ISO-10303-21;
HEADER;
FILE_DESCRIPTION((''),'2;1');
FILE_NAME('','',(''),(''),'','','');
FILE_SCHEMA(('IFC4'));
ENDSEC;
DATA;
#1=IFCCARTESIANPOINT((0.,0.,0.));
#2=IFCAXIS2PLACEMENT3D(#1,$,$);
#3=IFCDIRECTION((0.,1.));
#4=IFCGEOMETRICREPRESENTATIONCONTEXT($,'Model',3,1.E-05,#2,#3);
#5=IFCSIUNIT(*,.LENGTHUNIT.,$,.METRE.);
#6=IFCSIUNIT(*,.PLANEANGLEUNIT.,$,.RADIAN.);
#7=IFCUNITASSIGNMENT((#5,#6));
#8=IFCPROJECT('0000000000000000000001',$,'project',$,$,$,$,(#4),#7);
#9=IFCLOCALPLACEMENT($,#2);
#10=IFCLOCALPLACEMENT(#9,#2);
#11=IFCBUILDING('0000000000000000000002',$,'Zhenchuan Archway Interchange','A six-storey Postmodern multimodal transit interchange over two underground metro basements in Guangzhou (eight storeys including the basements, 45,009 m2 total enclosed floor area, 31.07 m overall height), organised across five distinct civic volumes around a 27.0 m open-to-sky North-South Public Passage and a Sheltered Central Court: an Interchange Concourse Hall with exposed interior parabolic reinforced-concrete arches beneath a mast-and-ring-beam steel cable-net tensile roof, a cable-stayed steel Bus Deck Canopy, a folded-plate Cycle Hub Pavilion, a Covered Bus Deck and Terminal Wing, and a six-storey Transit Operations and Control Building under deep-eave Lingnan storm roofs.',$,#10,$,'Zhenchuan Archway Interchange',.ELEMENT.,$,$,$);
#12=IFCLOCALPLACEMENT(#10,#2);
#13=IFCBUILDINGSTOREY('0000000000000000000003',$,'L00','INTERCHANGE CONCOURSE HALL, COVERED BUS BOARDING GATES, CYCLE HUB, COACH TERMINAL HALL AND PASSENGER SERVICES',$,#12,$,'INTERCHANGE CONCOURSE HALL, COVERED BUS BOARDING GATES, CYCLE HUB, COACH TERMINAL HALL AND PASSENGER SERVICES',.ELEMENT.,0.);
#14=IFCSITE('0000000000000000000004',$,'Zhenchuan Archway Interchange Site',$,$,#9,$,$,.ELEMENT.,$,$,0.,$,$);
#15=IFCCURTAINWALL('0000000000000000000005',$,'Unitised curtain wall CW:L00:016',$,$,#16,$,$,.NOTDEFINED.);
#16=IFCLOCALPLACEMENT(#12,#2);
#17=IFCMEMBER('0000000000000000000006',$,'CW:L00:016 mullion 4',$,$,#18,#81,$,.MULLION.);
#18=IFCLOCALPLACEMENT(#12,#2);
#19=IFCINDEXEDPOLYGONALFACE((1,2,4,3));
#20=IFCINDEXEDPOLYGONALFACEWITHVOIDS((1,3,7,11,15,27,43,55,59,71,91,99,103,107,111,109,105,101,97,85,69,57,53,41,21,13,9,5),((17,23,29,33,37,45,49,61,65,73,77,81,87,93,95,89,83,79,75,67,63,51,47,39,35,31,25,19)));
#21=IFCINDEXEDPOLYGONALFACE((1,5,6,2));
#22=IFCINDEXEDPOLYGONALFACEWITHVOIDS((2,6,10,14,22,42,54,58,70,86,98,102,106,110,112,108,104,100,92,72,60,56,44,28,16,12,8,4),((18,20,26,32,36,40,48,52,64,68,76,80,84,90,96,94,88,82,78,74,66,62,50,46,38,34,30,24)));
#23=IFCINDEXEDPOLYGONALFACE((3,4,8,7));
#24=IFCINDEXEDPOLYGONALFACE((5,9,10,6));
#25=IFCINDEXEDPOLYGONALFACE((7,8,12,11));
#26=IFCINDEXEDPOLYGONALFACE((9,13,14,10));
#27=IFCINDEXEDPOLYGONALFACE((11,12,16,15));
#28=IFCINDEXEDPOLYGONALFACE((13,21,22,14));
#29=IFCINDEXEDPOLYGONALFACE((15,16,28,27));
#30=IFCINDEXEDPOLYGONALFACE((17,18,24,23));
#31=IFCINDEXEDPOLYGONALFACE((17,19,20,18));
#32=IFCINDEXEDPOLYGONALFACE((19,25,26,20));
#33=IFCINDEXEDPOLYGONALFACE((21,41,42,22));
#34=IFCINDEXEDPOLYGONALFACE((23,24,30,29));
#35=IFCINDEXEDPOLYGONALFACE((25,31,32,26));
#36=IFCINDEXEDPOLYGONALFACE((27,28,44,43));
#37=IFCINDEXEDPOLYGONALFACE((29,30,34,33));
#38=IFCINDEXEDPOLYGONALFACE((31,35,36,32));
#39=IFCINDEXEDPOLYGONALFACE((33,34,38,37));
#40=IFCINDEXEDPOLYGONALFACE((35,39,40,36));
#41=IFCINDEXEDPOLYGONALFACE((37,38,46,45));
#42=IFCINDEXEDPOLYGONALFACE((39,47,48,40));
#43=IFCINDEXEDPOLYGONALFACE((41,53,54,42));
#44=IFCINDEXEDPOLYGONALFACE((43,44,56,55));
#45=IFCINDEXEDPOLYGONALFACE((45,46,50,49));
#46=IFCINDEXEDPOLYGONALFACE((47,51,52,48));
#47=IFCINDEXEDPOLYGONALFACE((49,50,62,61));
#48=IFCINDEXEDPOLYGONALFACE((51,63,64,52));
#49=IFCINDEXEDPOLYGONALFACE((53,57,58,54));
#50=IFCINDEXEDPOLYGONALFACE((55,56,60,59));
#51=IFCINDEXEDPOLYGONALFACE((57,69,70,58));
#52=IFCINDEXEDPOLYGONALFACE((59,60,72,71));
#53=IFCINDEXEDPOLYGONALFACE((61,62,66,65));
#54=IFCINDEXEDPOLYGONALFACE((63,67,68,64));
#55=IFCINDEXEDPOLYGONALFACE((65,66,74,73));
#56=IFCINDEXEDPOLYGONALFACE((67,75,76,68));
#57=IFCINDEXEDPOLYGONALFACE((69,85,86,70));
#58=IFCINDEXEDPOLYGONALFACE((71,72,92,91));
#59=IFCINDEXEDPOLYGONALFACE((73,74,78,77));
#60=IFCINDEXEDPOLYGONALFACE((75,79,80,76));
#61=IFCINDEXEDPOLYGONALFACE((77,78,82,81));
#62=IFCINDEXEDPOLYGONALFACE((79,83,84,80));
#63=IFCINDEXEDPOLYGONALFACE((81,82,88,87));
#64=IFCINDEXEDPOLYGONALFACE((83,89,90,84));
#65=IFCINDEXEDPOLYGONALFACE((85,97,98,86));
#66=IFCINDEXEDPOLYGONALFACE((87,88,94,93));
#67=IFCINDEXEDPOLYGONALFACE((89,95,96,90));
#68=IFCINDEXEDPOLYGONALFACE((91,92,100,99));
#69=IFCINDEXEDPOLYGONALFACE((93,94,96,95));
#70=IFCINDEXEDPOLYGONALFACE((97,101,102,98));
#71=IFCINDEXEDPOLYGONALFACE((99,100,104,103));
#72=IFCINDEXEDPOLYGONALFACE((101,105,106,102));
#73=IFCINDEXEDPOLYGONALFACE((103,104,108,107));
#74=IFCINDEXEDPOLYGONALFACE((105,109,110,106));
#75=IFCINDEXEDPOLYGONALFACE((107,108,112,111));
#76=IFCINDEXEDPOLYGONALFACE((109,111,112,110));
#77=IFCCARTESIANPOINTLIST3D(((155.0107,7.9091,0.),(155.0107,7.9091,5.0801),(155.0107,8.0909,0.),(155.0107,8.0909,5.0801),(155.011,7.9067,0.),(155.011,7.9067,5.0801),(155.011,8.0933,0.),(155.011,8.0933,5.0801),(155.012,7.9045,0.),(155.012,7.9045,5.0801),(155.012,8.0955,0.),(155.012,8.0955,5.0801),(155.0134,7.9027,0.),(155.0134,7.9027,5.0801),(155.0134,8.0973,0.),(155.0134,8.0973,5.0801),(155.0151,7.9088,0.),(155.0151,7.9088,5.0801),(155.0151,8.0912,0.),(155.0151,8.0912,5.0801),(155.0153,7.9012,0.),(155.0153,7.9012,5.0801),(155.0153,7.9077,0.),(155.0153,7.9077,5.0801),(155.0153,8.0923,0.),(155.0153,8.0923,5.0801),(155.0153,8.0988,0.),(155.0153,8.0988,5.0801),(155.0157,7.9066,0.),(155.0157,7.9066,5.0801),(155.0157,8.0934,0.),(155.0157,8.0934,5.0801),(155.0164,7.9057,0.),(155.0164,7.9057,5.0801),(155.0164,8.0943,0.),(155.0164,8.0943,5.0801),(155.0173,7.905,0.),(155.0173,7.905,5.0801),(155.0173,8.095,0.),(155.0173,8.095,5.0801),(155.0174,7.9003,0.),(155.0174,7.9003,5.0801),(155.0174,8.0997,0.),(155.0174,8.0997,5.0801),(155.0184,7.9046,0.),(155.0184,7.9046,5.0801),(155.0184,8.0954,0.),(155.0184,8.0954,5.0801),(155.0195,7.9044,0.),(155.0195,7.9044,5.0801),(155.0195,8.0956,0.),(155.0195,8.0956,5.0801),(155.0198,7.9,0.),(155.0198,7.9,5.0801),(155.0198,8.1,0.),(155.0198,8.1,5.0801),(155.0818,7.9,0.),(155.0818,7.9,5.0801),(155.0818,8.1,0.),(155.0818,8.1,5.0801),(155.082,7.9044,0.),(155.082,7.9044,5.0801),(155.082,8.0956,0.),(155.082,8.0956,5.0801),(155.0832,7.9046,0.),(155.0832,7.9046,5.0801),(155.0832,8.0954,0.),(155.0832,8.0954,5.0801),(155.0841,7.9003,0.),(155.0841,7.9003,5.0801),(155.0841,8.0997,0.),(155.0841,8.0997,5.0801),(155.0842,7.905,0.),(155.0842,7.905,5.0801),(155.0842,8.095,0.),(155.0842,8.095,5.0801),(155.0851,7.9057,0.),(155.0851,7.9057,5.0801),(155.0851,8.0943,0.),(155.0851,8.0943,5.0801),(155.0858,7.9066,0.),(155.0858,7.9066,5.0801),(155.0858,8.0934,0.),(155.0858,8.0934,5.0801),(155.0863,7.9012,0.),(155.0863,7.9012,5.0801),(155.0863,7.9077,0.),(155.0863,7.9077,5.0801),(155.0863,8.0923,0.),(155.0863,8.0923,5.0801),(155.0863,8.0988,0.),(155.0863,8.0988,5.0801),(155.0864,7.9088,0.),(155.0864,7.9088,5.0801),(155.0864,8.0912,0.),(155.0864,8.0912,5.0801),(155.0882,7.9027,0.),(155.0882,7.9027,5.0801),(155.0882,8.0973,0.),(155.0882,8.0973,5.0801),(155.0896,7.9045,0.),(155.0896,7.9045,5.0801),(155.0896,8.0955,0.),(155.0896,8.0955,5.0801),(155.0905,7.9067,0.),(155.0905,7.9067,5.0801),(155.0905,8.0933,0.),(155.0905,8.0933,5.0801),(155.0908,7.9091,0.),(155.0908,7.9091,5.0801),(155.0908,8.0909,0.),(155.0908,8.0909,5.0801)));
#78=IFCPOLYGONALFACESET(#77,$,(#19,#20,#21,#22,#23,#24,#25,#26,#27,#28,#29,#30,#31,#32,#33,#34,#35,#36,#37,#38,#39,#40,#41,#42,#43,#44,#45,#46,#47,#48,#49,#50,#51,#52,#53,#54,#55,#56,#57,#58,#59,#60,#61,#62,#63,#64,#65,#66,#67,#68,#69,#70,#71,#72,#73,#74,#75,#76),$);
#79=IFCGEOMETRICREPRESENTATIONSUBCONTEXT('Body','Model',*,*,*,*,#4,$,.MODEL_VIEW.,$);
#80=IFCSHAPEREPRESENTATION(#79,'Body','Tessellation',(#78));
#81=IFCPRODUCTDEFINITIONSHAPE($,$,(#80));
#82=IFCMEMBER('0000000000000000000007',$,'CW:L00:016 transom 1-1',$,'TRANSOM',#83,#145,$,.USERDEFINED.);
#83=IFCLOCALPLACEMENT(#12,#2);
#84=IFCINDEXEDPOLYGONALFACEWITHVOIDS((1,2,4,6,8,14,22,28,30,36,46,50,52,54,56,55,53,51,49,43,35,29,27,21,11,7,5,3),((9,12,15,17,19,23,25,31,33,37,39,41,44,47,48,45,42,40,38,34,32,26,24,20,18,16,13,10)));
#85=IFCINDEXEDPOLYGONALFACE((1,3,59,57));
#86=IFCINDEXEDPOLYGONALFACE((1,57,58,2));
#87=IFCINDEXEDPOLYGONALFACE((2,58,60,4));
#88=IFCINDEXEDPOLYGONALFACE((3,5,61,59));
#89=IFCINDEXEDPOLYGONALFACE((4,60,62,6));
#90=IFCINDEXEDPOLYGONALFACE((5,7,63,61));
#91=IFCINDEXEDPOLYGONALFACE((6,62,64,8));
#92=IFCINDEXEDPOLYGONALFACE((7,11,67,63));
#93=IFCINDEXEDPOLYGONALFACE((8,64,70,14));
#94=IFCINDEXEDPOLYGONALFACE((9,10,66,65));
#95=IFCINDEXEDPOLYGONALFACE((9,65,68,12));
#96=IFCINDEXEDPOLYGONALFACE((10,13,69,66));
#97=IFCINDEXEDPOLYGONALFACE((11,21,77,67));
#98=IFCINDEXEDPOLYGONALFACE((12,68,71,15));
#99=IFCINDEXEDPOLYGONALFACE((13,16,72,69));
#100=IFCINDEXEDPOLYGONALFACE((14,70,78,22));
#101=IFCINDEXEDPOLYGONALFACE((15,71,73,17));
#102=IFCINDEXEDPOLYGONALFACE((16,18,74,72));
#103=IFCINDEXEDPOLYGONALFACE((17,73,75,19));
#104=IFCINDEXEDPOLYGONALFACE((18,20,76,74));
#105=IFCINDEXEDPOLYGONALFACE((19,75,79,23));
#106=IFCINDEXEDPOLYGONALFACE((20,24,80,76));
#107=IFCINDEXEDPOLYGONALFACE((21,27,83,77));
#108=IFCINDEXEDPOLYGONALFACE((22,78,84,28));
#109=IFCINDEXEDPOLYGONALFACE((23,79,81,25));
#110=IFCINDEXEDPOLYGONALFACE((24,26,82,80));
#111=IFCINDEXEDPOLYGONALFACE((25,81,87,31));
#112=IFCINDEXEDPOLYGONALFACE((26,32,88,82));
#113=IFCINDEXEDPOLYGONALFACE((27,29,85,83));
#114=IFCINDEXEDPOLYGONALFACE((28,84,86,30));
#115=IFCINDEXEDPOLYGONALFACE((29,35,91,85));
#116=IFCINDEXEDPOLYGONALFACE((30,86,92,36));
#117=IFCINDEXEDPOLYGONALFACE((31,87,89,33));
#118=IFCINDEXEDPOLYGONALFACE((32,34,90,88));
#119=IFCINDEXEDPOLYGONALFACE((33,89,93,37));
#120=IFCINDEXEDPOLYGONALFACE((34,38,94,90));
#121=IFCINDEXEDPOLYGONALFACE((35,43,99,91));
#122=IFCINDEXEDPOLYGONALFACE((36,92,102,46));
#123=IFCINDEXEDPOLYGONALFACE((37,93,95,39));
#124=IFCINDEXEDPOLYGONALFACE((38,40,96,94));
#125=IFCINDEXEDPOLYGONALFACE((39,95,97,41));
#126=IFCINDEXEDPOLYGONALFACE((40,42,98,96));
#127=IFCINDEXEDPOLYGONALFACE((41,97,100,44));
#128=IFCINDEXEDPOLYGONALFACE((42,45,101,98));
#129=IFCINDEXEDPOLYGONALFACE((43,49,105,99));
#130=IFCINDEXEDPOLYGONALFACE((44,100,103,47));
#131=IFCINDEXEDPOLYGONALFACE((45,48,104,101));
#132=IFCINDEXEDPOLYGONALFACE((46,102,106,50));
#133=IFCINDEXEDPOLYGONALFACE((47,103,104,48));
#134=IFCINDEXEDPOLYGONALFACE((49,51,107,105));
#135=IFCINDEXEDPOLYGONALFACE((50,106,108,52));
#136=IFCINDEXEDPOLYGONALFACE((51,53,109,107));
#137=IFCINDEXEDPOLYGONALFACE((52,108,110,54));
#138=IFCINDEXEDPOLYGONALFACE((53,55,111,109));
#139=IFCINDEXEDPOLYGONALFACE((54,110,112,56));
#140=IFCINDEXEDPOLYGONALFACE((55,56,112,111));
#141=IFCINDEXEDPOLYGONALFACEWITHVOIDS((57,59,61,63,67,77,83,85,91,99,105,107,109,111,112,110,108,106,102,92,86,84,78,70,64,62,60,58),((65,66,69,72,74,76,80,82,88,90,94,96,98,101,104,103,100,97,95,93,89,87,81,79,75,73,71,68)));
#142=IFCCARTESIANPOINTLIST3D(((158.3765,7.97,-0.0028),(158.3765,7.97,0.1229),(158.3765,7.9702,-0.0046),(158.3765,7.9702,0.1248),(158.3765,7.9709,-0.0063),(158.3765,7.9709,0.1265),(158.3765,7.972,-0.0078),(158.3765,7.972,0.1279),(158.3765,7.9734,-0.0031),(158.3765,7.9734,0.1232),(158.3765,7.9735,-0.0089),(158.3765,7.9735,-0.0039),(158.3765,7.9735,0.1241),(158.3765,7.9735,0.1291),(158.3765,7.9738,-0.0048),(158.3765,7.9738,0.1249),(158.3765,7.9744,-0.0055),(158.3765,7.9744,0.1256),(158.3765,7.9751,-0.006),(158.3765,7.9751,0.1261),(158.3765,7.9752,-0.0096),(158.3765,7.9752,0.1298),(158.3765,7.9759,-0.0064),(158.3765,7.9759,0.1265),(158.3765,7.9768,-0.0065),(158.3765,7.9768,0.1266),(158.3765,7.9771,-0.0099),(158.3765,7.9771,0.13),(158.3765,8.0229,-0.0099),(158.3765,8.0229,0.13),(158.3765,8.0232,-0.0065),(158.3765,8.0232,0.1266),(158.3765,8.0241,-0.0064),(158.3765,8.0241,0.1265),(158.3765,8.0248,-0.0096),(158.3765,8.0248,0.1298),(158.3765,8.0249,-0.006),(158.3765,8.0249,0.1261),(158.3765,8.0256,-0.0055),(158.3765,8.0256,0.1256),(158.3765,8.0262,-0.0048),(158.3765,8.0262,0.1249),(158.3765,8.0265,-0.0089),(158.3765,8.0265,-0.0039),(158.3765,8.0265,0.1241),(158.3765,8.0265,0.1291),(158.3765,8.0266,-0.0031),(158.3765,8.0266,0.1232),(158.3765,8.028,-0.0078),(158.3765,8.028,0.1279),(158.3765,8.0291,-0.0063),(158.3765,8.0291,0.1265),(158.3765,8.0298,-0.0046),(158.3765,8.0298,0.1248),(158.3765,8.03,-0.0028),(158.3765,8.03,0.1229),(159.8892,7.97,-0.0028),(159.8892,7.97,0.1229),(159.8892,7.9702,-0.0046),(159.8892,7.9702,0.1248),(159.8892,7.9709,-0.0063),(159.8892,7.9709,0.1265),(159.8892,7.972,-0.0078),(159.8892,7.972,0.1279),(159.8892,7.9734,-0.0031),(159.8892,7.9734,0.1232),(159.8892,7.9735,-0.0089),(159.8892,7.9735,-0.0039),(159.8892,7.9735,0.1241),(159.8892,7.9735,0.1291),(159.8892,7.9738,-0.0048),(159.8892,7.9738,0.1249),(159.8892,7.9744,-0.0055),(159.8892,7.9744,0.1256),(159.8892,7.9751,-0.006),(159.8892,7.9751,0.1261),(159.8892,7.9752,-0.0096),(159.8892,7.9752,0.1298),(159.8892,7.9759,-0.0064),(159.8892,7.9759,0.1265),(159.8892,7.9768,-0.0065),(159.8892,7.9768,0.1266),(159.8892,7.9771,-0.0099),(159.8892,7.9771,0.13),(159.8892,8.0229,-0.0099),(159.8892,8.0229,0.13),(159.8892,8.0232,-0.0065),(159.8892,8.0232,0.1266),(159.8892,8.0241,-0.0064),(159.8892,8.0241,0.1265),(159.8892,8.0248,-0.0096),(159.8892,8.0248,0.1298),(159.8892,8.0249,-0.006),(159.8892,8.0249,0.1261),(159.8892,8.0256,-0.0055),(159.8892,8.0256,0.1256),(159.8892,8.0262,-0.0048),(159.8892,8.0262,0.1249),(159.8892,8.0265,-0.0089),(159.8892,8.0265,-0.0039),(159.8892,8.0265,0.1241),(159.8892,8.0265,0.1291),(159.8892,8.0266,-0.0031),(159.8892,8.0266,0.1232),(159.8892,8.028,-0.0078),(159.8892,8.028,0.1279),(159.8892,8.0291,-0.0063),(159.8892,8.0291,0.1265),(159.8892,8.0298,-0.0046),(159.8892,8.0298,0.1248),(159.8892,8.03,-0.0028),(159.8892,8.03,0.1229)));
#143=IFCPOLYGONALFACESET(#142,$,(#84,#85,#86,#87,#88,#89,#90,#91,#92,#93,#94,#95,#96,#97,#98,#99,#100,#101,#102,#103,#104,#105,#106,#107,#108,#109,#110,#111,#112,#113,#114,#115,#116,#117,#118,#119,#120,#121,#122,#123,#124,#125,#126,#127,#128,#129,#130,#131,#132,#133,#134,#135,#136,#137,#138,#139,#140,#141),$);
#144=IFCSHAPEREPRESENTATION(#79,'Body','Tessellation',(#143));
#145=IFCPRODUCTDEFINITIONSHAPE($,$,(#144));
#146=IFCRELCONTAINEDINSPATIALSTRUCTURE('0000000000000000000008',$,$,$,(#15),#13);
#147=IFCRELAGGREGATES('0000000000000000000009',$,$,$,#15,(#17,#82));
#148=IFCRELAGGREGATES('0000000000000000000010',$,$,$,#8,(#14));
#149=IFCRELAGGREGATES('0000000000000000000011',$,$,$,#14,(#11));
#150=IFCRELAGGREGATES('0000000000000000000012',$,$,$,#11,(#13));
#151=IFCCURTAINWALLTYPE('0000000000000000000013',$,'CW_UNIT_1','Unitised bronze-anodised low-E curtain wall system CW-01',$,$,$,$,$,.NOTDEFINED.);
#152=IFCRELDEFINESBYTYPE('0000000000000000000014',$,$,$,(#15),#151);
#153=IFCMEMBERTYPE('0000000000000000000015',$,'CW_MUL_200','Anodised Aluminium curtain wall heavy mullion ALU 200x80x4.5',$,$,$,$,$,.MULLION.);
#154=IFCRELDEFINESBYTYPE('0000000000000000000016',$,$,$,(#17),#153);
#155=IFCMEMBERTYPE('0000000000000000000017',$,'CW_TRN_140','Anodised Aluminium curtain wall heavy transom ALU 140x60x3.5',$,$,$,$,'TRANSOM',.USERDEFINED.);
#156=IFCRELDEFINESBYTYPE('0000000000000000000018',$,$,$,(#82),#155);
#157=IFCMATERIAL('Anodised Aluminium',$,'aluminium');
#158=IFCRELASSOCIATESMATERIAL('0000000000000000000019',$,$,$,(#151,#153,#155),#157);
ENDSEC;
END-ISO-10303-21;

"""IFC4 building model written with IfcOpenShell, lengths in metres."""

from ifc_helpers import new_model, si_unit, direction, frame, origin, origin_2d, place, context, subcontext, project, spatial, hollow_rectangle, extrude, material, material_profile, profile_set, type_object, element, aggregate, save


model = new_model("IFC4")

# Units and contexts
model_context = context("Model", 3, precision=1e-05, world=origin(), true_north=direction((0.0, 1.0)))
body_context = subcontext(model_context, "Body", "Model", "MODEL_VIEW")
ifc_project = project(units=[si_unit("LENGTHUNIT", "METRE"), si_unit("PLANEANGLEUNIT", "RADIAN")], contexts=[model_context])

# Site, building, storey
site_placement = place(None, origin())
site = spatial("IfcSite", under=ifc_project, at=site_placement, Name="Zhenchuan Archway Interchange Site", CompositionType="ELEMENT", RefElevation=0.0)
building_placement = place(site_placement, origin())
building = spatial("IfcBuilding", under=site, at=building_placement, Name="Zhenchuan Archway Interchange", Description="A six-storey Postmodern multimodal transit interchange over two underground metro basements in Guangzhou (eight storeys including the basements, 45,009 m2 total enclosed floor area, 31.07 m overall height), organised across five distinct civic volumes around a 27.0 m open-to-sky North-South Public Passage and a Sheltered Central Court: an Interchange Concourse Hall with exposed interior parabolic reinforced-concrete arches beneath a mast-and-ring-beam steel cable-net tensile roof, a cable-stayed steel Bus Deck Canopy, a folded-plate Cycle Hub Pavilion, a Covered Bus Deck and Terminal Wing, and a six-storey Transit Operations and Control Building under deep-eave Lingnan storm roofs.", LongName="Zhenchuan Archway Interchange", CompositionType="ELEMENT")
storey_placement = place(building_placement, origin())
storey = spatial("IfcBuildingStorey", under=building, at=storey_placement, Name="L00", Description="INTERCHANGE CONCOURSE HALL, COVERED BUS BOARDING GATES, CYCLE HUB, COACH TERMINAL HALL AND PASSENGER SERVICES", LongName="INTERCHANGE CONCOURSE HALL, COVERED BUS BOARDING GATES, CYCLE HUB, COACH TERMINAL HALL AND PASSENGER SERVICES", CompositionType="ELEMENT", Elevation=0.0)

# Curtain wall, members
ifc_material_1 = material(Name="Anodised Aluminium", Category="aluminium")
curtain_wall_type = type_object("IfcCurtainWallType", Name="CW_UNIT_1", Description="Unitised bronze-anodised low-E curtain wall system CW-01", PredefinedType="NOTDEFINED", material=ifc_material_1)
curtain_wall_placement = place(storey_placement, origin())
curtain_wall = element("IfcCurtainWall", 1, at=curtain_wall_placement, inside=storey, type_object=curtain_wall_type, Name="Unitised curtain wall CW:L00:016", PredefinedType="NOTDEFINED")
ifc_material_profile_1 = material_profile(ifc_material_1, hollow_rectangle(XDim=0.0801, YDim=0.2, WallThickness=0.0044, InnerFilletRadius=0.0044, OuterFilletRadius=0.009, at=origin_2d()), Name="ALU 200x80x4.5")
ifc_profile_set_1 = profile_set([ifc_material_profile_1], Name="Anodised Aluminium")
member_type_1 = type_object("IfcMemberType", Name="CW_MUL_200", Description="Anodised Aluminium curtain wall heavy mullion ALU 200x80x4.5", PredefinedType="MULLION", material=ifc_profile_set_1)
member_1_placement = place(storey_placement, frame((155.0508, 8.0, 0.0), z_axis=(0.0, 0.0, 1.0), x_axis=(1.0, 0.0, 0.0)))
member_1 = element("IfcMember", 2, at=member_1_placement, type_object=member_type_1, Name="CW:L00:016 mullion 4", PredefinedType="MULLION", context=body_context, shape_type="SweptSolid", body=[
    extrude(hollow_rectangle(XDim=0.0801, YDim=0.2, WallThickness=0.0044, InnerFilletRadius=0.0044, OuterFilletRadius=0.009, at=origin_2d()), origin(), (0.0, 0.0, 1.0), 5.0801),
])
ifc_material_profile_2 = material_profile(ifc_material_1, hollow_rectangle(XDim=0.0601, YDim=0.1399, WallThickness=0.0034, InnerFilletRadius=0.0034, OuterFilletRadius=0.0071, at=origin_2d()), Name="ALU 140x60x3.5")
ifc_profile_set_2 = profile_set([ifc_material_profile_2], Name="Anodised Aluminium")
member_type_2 = type_object("IfcMemberType", Name="CW_TRN_140", Description="Anodised Aluminium curtain wall heavy transom ALU 140x60x3.5", ElementType="TRANSOM", PredefinedType="USERDEFINED", material=ifc_profile_set_2)
member_2_placement = place(storey_placement, frame((159.8892, 8.0, 0.0601), z_axis=(-1.0, 0.0, 0.0), x_axis=(0.0, -1.0, 0.0)))
member_2 = element("IfcMember", 3, at=member_2_placement, type_object=member_type_2, Name="CW:L00:016 transom 1-1", ObjectType="TRANSOM", PredefinedType="USERDEFINED", context=body_context, shape_type="SweptSolid", body=[
    extrude(hollow_rectangle(XDim=0.0601, YDim=0.1399, WallThickness=0.0034, InnerFilletRadius=0.0034, OuterFilletRadius=0.0071, at=origin_2d()), origin(), (0.0, 0.0, 1.0), 1.5127),
])

aggregate(curtain_wall, [member_1, member_2])

save(model, "model.ifc")
